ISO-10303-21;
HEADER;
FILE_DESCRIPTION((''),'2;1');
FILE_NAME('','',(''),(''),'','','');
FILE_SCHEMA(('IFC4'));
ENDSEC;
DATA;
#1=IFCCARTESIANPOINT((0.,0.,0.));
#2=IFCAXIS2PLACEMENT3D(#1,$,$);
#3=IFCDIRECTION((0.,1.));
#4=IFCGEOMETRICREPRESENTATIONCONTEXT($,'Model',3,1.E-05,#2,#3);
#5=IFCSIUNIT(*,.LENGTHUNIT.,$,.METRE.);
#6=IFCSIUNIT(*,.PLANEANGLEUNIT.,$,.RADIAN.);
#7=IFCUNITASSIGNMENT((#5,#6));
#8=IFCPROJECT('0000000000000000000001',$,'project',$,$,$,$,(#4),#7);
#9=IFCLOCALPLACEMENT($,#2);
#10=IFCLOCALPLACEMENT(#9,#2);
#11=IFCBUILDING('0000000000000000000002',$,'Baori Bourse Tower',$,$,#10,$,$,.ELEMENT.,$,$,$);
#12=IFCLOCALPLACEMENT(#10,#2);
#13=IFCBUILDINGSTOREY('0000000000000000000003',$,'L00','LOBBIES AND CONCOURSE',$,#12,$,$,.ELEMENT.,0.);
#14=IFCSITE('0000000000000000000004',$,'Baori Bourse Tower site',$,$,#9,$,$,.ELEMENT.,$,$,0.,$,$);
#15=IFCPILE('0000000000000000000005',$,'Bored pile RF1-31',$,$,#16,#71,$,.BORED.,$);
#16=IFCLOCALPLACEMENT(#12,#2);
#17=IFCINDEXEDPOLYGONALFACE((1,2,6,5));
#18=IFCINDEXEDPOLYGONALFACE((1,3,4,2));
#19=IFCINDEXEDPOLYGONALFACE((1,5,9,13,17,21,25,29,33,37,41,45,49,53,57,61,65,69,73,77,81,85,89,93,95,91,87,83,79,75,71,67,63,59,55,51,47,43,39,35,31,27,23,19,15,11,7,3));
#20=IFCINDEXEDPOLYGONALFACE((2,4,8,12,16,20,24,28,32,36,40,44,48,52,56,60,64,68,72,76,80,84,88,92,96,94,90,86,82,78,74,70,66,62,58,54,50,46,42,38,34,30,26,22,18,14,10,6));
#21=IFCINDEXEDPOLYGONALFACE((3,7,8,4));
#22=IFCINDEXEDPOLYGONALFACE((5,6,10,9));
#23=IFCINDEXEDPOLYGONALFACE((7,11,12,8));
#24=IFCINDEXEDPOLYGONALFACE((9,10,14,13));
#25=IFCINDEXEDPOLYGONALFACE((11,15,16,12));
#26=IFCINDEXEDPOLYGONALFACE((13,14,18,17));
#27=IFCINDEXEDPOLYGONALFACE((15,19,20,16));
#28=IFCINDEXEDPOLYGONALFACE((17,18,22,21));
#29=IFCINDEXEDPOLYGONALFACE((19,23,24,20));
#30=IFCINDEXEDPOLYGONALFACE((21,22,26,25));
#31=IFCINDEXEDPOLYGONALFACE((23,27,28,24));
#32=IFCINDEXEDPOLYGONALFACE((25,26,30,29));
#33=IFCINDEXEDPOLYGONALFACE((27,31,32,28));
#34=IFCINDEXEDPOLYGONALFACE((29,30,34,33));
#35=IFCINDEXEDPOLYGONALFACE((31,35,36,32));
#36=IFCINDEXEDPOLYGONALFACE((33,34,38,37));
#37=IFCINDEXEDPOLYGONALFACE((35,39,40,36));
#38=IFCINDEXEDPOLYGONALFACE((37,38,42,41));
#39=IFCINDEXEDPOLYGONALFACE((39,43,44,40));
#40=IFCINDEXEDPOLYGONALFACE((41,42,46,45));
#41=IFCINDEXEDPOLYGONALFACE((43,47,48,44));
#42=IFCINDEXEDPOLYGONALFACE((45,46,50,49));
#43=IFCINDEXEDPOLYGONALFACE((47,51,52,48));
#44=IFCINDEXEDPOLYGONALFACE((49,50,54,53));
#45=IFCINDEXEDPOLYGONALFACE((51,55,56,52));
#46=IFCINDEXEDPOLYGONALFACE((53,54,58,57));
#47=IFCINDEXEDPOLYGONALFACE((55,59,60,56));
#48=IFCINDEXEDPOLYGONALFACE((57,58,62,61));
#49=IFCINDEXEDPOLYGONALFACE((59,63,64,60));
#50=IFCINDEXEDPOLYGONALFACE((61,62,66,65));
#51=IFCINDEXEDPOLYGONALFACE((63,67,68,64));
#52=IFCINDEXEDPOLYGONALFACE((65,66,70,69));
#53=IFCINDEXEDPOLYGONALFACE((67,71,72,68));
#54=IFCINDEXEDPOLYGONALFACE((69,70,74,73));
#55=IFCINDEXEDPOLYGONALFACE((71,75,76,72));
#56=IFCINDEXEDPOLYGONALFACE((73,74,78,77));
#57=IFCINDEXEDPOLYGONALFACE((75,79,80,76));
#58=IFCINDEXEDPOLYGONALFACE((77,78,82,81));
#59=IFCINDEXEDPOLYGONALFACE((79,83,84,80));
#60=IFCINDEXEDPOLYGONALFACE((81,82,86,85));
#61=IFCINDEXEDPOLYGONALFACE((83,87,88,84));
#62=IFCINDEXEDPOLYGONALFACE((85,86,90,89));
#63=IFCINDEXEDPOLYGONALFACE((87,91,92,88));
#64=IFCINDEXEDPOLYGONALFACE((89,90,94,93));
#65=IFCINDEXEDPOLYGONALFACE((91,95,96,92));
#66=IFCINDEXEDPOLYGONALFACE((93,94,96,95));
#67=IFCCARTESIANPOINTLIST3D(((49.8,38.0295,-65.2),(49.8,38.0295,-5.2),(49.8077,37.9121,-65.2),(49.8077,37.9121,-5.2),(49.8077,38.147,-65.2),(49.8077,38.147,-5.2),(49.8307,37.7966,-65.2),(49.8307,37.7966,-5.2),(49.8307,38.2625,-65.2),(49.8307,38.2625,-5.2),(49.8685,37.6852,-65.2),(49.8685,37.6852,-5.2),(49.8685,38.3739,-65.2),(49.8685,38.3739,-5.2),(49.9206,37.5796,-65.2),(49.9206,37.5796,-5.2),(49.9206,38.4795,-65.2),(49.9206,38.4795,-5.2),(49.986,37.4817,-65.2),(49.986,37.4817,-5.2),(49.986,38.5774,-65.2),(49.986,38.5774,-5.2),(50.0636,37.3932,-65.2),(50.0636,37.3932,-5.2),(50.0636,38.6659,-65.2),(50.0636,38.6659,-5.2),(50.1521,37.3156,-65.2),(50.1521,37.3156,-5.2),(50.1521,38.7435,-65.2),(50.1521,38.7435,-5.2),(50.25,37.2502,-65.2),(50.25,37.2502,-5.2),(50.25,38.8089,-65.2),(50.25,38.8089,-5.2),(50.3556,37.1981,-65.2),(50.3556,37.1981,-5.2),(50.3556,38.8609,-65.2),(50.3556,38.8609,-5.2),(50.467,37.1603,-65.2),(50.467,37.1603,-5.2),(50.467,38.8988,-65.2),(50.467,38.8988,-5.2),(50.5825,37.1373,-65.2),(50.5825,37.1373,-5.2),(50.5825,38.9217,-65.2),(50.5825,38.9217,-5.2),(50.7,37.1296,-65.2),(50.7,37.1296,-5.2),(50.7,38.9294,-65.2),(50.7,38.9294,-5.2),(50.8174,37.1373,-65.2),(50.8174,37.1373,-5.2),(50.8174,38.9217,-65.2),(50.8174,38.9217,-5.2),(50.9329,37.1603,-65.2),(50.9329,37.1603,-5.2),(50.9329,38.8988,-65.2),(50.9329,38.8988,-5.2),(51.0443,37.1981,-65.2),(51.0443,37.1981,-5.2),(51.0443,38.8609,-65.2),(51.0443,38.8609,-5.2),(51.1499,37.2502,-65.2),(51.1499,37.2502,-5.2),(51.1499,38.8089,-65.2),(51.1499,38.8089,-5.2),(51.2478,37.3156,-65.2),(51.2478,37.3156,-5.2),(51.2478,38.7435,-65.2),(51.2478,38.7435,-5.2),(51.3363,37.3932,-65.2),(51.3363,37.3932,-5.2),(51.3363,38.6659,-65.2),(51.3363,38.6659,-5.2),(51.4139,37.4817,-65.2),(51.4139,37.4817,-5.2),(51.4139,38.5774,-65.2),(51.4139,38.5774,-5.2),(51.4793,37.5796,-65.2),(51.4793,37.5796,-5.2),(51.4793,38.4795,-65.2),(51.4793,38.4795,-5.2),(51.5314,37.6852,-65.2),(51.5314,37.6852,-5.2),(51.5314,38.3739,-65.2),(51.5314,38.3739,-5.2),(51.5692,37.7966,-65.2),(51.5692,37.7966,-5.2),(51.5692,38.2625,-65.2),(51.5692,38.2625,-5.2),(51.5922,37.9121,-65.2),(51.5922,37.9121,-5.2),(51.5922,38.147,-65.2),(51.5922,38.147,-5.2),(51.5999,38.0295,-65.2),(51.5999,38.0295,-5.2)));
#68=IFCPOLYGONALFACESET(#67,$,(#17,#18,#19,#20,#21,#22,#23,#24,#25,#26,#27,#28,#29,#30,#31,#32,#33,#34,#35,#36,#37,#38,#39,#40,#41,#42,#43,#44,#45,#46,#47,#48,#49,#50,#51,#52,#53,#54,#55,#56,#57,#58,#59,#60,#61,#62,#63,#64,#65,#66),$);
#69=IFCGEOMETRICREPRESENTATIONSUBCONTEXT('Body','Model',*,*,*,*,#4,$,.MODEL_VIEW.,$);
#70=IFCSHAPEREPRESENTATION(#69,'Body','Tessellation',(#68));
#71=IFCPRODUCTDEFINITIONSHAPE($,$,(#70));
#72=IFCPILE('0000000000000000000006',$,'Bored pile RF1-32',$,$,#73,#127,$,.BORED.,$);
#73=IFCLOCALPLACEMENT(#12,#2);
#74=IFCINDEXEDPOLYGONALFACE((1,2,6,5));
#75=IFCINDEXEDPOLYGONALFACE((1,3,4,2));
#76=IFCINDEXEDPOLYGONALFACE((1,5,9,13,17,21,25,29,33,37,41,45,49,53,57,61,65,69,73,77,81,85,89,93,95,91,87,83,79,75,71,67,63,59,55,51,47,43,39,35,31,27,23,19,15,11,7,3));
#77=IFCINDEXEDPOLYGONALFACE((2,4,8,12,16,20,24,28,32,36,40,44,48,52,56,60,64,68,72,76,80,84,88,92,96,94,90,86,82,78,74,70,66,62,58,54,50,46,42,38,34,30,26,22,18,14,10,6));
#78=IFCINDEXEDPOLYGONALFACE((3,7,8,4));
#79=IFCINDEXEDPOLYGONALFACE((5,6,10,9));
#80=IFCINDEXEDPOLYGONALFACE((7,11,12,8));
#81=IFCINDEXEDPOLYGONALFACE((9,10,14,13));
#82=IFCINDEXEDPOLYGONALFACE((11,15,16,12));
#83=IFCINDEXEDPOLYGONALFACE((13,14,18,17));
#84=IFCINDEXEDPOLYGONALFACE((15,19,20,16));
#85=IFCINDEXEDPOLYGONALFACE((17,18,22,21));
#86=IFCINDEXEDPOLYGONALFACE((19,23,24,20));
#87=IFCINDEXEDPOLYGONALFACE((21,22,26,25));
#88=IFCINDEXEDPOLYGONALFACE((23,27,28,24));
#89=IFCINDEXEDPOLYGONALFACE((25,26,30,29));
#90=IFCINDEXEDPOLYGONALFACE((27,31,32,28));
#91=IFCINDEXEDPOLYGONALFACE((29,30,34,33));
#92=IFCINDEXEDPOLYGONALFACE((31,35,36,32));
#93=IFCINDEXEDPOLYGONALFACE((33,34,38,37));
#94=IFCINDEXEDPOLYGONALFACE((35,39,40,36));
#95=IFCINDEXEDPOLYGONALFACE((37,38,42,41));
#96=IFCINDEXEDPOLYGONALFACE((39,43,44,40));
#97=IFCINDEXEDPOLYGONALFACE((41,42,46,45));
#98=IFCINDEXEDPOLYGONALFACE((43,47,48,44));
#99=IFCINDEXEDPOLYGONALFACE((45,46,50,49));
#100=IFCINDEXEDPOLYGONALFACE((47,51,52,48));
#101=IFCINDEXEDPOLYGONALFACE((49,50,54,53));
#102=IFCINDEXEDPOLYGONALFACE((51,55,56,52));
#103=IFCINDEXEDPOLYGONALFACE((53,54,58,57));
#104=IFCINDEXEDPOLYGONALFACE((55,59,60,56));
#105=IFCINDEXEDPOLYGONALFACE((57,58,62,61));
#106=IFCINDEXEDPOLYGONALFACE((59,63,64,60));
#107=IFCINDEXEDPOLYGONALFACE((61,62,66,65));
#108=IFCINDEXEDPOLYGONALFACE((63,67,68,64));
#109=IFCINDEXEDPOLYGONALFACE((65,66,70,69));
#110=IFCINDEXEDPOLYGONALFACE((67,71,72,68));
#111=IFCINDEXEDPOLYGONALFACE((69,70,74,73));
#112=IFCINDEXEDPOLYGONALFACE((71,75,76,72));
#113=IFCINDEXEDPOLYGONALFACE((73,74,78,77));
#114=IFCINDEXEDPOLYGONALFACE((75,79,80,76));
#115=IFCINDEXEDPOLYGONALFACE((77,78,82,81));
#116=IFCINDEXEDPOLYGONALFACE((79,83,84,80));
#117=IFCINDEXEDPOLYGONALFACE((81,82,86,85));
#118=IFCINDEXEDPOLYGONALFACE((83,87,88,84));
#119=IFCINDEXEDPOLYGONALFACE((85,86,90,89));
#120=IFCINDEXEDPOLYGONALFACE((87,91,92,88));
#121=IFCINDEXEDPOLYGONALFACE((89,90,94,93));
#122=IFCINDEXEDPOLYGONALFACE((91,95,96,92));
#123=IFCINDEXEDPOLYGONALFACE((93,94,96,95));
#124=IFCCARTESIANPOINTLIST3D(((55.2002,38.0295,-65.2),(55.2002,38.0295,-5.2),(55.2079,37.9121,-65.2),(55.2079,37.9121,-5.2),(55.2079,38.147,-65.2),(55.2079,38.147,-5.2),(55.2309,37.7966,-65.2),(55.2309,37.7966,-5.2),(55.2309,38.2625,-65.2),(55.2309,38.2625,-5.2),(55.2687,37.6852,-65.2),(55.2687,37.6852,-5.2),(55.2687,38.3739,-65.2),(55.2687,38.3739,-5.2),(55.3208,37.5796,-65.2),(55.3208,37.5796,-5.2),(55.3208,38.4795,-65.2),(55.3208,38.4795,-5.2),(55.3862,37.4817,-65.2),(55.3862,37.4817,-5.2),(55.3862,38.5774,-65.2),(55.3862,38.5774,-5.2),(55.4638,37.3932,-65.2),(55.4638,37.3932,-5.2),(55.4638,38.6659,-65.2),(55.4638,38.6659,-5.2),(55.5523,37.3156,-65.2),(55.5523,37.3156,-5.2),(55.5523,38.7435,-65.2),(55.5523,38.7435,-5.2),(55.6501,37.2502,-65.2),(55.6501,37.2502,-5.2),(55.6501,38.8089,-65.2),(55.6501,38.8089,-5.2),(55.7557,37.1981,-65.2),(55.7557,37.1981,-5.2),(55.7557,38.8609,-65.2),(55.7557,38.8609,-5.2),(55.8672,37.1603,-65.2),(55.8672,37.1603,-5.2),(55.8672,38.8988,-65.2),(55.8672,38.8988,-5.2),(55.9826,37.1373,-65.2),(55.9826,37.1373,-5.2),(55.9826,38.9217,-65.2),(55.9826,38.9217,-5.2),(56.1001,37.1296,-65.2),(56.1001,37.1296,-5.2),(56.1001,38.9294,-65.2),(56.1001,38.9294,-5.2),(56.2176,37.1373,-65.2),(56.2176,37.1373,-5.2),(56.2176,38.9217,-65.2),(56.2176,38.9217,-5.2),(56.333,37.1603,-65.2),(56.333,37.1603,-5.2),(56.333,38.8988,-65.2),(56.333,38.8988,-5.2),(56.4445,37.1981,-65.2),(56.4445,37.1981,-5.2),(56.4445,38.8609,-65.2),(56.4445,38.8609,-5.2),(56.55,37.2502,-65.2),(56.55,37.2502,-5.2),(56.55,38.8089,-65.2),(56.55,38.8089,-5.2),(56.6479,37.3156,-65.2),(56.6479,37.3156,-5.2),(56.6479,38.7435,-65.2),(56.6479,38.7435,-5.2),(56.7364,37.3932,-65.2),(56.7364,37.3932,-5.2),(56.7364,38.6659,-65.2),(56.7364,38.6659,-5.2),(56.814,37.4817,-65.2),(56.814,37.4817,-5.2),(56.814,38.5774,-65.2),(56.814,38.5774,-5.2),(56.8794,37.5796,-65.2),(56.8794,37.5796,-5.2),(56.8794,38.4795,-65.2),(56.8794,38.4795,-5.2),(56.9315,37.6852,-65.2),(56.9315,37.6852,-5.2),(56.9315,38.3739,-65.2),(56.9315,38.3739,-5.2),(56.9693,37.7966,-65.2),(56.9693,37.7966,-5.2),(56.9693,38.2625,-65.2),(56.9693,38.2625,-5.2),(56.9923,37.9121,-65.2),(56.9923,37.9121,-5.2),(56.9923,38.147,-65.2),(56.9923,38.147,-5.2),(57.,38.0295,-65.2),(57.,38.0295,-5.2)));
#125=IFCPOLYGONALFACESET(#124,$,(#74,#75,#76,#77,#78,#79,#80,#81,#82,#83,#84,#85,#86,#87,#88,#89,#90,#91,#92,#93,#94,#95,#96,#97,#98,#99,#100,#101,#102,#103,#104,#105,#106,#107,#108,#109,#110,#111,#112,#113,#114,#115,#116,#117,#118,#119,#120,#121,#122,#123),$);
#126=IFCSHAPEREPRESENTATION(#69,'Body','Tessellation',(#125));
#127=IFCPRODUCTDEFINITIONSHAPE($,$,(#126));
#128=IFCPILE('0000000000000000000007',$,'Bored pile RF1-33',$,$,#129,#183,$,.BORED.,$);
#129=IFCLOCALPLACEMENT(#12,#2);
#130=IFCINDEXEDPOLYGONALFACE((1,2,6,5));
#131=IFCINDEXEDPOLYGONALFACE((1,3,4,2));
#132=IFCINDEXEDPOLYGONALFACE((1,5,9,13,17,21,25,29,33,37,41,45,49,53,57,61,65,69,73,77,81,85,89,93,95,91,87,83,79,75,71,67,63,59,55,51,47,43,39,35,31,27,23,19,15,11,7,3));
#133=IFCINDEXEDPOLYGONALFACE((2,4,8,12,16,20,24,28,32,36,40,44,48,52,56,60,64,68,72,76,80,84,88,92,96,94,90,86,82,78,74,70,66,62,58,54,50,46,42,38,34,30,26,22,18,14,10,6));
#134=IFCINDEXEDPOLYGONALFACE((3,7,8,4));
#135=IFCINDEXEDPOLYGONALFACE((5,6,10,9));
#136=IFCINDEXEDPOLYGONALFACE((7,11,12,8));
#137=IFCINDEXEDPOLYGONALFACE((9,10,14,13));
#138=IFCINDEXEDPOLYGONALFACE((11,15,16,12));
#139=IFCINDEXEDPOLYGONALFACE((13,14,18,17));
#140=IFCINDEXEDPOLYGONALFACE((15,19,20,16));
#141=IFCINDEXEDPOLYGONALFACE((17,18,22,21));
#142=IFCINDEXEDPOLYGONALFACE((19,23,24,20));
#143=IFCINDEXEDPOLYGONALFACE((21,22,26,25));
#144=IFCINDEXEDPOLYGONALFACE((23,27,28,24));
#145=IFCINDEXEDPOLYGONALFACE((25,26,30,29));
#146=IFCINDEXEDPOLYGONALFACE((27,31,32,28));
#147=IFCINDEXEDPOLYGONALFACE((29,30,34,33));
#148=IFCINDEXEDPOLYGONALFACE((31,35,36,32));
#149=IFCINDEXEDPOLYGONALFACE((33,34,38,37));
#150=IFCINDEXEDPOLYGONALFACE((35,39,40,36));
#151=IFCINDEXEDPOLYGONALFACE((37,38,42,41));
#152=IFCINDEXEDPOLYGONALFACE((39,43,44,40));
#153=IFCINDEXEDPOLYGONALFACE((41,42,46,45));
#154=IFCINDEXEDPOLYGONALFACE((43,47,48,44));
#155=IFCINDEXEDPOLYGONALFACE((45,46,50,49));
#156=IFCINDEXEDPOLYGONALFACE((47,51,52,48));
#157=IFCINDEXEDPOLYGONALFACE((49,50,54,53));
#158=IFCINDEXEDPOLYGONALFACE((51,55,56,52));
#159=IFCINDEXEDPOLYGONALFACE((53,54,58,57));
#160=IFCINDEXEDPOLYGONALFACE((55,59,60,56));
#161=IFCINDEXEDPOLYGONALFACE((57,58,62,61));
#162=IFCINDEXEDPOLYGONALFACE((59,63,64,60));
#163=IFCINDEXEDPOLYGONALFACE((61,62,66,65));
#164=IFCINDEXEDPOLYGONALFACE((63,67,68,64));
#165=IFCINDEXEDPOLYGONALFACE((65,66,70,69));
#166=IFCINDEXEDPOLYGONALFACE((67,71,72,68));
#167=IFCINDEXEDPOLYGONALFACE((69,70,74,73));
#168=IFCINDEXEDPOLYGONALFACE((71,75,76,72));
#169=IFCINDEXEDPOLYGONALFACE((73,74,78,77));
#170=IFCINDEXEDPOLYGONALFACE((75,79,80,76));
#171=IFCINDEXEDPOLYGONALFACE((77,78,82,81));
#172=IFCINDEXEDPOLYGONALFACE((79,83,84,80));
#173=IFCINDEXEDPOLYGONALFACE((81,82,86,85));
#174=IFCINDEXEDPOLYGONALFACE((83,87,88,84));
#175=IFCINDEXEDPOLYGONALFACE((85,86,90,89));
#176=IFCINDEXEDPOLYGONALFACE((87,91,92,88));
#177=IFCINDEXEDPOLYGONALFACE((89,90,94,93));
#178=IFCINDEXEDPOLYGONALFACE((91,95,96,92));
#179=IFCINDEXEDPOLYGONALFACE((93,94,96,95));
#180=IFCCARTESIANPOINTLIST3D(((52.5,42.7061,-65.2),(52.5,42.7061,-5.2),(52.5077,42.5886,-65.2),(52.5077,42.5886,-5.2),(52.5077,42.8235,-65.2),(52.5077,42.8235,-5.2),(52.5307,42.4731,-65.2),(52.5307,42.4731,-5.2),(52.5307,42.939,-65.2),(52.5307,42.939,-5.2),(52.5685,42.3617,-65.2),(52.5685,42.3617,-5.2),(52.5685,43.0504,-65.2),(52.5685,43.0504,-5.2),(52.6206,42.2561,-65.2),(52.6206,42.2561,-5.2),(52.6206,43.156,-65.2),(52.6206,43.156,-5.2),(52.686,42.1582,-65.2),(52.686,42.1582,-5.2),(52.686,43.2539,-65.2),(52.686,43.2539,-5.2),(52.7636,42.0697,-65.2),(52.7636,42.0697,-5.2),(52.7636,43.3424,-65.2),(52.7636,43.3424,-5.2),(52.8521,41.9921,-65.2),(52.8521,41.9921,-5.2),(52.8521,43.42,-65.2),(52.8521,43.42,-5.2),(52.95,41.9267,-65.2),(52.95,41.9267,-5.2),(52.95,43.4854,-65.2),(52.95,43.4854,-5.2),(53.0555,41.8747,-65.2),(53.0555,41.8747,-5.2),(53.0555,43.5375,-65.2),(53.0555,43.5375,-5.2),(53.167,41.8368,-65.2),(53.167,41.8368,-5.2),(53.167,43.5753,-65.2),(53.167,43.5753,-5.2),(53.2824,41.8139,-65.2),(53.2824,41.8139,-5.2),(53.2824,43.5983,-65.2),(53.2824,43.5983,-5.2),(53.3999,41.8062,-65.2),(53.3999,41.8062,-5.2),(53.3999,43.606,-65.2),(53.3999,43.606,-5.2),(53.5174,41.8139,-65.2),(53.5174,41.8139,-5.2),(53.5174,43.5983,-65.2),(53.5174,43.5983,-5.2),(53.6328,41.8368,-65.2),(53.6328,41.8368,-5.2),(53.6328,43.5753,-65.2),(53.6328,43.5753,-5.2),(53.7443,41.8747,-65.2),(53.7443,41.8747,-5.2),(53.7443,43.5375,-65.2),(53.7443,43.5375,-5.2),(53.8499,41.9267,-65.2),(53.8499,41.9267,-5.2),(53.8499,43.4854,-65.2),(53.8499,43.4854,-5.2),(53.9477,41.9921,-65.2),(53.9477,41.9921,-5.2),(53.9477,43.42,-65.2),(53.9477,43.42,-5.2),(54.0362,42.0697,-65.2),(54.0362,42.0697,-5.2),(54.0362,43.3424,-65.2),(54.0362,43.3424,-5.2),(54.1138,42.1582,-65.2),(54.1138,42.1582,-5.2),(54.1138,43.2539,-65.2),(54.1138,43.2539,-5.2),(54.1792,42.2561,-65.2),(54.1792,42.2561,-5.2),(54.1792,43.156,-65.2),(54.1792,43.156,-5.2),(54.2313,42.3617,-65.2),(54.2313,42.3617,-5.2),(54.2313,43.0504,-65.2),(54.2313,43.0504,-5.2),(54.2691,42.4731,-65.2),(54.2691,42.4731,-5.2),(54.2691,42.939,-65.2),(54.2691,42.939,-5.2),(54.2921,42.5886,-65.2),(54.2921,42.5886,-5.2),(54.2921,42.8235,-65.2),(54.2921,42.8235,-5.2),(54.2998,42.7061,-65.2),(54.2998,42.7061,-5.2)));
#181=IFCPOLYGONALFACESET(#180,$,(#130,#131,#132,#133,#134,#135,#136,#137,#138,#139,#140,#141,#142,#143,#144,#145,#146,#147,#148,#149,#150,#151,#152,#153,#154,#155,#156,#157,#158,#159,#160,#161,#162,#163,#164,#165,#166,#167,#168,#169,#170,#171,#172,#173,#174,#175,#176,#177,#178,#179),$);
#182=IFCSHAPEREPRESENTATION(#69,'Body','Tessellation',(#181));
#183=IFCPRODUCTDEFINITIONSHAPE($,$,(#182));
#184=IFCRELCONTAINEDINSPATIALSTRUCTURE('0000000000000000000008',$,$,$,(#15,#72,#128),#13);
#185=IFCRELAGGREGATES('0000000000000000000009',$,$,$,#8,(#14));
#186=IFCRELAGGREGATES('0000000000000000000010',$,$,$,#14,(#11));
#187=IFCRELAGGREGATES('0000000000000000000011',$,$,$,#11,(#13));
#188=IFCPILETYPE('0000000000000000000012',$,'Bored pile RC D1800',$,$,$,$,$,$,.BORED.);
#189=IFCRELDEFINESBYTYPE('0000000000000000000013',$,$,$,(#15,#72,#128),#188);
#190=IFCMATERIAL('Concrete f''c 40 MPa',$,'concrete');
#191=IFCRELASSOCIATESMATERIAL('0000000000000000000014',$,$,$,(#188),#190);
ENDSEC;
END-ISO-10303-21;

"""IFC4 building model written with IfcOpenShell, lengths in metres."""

from ifc_helpers import new_model, si_unit, direction, frame, origin, origin_2d, place, context, subcontext, project, spatial, circle, extrude, material, material_profile, profile_set, type_object, element, save


model = new_model("IFC4")

# Units and contexts
model_context = context("Model", 3, precision=1e-05, world=origin(), true_north=direction((0.0, 1.0)))
body_context = subcontext(model_context, "Body", "Model", "MODEL_VIEW")
ifc_project = project(units=[si_unit("LENGTHUNIT", "METRE"), si_unit("PLANEANGLEUNIT", "RADIAN")], contexts=[model_context])

# Site, building, storey
site_placement = place(None, origin())
site = spatial("IfcSite", under=ifc_project, at=site_placement, Name="Baori Bourse Tower site", CompositionType="ELEMENT", RefElevation=0.0)
building_placement = place(site_placement, origin())
building = spatial("IfcBuilding", under=site, at=building_placement, Name="Baori Bourse Tower", CompositionType="ELEMENT")
storey_placement = place(building_placement, origin())
storey = spatial("IfcBuildingStorey", under=building, at=storey_placement, Name="L00", Description="LOBBIES AND CONCOURSE", CompositionType="ELEMENT", Elevation=0.0)

# Piles
ifc_material_1 = material(Name="Concrete f'c 40 MPa", Category="concrete")
ifc_material_profile_1 = material_profile(ifc_material_1, circle(Radius=0.8999, at=origin_2d()), Name="RC D1800")
ifc_profile_set_1 = profile_set([ifc_material_profile_1], Name="Concrete f'c 40 MPa")
pile_type = type_object("IfcPileType", Name="Bored pile RC D1800", PredefinedType="BORED", material=ifc_profile_set_1)
for number, where, z_axis, x_axis, name in (
    (1, (50.7, 38.0295, -5.2), (0.0, 0.0, -1.0), (1.0, 0.0, 0.0), "Bored pile RF1-31"),
    (2, (56.1001, 38.0295, -5.2), (0.0, 0.0, -1.0), (1.0, 0.0, 0.0), "Bored pile RF1-32"),
    (3, (53.3999, 42.7061, -5.2), (0.0, 0.0, -1.0), (1.0, 0.0, 0.0), "Bored pile RF1-33"),
):
    element("IfcPile", number, at=place(storey_placement, frame(where, z_axis=z_axis, x_axis=x_axis)), inside=storey, type_object=pile_type, Name=name, PredefinedType="BORED", context=body_context, shape_type="SweptSolid", body=[
        extrude(circle(Radius=0.8999, at=origin_2d()), origin(), (0.0, 0.0, 1.0), 60.0),
    ])

save(model, "model.ifc")
